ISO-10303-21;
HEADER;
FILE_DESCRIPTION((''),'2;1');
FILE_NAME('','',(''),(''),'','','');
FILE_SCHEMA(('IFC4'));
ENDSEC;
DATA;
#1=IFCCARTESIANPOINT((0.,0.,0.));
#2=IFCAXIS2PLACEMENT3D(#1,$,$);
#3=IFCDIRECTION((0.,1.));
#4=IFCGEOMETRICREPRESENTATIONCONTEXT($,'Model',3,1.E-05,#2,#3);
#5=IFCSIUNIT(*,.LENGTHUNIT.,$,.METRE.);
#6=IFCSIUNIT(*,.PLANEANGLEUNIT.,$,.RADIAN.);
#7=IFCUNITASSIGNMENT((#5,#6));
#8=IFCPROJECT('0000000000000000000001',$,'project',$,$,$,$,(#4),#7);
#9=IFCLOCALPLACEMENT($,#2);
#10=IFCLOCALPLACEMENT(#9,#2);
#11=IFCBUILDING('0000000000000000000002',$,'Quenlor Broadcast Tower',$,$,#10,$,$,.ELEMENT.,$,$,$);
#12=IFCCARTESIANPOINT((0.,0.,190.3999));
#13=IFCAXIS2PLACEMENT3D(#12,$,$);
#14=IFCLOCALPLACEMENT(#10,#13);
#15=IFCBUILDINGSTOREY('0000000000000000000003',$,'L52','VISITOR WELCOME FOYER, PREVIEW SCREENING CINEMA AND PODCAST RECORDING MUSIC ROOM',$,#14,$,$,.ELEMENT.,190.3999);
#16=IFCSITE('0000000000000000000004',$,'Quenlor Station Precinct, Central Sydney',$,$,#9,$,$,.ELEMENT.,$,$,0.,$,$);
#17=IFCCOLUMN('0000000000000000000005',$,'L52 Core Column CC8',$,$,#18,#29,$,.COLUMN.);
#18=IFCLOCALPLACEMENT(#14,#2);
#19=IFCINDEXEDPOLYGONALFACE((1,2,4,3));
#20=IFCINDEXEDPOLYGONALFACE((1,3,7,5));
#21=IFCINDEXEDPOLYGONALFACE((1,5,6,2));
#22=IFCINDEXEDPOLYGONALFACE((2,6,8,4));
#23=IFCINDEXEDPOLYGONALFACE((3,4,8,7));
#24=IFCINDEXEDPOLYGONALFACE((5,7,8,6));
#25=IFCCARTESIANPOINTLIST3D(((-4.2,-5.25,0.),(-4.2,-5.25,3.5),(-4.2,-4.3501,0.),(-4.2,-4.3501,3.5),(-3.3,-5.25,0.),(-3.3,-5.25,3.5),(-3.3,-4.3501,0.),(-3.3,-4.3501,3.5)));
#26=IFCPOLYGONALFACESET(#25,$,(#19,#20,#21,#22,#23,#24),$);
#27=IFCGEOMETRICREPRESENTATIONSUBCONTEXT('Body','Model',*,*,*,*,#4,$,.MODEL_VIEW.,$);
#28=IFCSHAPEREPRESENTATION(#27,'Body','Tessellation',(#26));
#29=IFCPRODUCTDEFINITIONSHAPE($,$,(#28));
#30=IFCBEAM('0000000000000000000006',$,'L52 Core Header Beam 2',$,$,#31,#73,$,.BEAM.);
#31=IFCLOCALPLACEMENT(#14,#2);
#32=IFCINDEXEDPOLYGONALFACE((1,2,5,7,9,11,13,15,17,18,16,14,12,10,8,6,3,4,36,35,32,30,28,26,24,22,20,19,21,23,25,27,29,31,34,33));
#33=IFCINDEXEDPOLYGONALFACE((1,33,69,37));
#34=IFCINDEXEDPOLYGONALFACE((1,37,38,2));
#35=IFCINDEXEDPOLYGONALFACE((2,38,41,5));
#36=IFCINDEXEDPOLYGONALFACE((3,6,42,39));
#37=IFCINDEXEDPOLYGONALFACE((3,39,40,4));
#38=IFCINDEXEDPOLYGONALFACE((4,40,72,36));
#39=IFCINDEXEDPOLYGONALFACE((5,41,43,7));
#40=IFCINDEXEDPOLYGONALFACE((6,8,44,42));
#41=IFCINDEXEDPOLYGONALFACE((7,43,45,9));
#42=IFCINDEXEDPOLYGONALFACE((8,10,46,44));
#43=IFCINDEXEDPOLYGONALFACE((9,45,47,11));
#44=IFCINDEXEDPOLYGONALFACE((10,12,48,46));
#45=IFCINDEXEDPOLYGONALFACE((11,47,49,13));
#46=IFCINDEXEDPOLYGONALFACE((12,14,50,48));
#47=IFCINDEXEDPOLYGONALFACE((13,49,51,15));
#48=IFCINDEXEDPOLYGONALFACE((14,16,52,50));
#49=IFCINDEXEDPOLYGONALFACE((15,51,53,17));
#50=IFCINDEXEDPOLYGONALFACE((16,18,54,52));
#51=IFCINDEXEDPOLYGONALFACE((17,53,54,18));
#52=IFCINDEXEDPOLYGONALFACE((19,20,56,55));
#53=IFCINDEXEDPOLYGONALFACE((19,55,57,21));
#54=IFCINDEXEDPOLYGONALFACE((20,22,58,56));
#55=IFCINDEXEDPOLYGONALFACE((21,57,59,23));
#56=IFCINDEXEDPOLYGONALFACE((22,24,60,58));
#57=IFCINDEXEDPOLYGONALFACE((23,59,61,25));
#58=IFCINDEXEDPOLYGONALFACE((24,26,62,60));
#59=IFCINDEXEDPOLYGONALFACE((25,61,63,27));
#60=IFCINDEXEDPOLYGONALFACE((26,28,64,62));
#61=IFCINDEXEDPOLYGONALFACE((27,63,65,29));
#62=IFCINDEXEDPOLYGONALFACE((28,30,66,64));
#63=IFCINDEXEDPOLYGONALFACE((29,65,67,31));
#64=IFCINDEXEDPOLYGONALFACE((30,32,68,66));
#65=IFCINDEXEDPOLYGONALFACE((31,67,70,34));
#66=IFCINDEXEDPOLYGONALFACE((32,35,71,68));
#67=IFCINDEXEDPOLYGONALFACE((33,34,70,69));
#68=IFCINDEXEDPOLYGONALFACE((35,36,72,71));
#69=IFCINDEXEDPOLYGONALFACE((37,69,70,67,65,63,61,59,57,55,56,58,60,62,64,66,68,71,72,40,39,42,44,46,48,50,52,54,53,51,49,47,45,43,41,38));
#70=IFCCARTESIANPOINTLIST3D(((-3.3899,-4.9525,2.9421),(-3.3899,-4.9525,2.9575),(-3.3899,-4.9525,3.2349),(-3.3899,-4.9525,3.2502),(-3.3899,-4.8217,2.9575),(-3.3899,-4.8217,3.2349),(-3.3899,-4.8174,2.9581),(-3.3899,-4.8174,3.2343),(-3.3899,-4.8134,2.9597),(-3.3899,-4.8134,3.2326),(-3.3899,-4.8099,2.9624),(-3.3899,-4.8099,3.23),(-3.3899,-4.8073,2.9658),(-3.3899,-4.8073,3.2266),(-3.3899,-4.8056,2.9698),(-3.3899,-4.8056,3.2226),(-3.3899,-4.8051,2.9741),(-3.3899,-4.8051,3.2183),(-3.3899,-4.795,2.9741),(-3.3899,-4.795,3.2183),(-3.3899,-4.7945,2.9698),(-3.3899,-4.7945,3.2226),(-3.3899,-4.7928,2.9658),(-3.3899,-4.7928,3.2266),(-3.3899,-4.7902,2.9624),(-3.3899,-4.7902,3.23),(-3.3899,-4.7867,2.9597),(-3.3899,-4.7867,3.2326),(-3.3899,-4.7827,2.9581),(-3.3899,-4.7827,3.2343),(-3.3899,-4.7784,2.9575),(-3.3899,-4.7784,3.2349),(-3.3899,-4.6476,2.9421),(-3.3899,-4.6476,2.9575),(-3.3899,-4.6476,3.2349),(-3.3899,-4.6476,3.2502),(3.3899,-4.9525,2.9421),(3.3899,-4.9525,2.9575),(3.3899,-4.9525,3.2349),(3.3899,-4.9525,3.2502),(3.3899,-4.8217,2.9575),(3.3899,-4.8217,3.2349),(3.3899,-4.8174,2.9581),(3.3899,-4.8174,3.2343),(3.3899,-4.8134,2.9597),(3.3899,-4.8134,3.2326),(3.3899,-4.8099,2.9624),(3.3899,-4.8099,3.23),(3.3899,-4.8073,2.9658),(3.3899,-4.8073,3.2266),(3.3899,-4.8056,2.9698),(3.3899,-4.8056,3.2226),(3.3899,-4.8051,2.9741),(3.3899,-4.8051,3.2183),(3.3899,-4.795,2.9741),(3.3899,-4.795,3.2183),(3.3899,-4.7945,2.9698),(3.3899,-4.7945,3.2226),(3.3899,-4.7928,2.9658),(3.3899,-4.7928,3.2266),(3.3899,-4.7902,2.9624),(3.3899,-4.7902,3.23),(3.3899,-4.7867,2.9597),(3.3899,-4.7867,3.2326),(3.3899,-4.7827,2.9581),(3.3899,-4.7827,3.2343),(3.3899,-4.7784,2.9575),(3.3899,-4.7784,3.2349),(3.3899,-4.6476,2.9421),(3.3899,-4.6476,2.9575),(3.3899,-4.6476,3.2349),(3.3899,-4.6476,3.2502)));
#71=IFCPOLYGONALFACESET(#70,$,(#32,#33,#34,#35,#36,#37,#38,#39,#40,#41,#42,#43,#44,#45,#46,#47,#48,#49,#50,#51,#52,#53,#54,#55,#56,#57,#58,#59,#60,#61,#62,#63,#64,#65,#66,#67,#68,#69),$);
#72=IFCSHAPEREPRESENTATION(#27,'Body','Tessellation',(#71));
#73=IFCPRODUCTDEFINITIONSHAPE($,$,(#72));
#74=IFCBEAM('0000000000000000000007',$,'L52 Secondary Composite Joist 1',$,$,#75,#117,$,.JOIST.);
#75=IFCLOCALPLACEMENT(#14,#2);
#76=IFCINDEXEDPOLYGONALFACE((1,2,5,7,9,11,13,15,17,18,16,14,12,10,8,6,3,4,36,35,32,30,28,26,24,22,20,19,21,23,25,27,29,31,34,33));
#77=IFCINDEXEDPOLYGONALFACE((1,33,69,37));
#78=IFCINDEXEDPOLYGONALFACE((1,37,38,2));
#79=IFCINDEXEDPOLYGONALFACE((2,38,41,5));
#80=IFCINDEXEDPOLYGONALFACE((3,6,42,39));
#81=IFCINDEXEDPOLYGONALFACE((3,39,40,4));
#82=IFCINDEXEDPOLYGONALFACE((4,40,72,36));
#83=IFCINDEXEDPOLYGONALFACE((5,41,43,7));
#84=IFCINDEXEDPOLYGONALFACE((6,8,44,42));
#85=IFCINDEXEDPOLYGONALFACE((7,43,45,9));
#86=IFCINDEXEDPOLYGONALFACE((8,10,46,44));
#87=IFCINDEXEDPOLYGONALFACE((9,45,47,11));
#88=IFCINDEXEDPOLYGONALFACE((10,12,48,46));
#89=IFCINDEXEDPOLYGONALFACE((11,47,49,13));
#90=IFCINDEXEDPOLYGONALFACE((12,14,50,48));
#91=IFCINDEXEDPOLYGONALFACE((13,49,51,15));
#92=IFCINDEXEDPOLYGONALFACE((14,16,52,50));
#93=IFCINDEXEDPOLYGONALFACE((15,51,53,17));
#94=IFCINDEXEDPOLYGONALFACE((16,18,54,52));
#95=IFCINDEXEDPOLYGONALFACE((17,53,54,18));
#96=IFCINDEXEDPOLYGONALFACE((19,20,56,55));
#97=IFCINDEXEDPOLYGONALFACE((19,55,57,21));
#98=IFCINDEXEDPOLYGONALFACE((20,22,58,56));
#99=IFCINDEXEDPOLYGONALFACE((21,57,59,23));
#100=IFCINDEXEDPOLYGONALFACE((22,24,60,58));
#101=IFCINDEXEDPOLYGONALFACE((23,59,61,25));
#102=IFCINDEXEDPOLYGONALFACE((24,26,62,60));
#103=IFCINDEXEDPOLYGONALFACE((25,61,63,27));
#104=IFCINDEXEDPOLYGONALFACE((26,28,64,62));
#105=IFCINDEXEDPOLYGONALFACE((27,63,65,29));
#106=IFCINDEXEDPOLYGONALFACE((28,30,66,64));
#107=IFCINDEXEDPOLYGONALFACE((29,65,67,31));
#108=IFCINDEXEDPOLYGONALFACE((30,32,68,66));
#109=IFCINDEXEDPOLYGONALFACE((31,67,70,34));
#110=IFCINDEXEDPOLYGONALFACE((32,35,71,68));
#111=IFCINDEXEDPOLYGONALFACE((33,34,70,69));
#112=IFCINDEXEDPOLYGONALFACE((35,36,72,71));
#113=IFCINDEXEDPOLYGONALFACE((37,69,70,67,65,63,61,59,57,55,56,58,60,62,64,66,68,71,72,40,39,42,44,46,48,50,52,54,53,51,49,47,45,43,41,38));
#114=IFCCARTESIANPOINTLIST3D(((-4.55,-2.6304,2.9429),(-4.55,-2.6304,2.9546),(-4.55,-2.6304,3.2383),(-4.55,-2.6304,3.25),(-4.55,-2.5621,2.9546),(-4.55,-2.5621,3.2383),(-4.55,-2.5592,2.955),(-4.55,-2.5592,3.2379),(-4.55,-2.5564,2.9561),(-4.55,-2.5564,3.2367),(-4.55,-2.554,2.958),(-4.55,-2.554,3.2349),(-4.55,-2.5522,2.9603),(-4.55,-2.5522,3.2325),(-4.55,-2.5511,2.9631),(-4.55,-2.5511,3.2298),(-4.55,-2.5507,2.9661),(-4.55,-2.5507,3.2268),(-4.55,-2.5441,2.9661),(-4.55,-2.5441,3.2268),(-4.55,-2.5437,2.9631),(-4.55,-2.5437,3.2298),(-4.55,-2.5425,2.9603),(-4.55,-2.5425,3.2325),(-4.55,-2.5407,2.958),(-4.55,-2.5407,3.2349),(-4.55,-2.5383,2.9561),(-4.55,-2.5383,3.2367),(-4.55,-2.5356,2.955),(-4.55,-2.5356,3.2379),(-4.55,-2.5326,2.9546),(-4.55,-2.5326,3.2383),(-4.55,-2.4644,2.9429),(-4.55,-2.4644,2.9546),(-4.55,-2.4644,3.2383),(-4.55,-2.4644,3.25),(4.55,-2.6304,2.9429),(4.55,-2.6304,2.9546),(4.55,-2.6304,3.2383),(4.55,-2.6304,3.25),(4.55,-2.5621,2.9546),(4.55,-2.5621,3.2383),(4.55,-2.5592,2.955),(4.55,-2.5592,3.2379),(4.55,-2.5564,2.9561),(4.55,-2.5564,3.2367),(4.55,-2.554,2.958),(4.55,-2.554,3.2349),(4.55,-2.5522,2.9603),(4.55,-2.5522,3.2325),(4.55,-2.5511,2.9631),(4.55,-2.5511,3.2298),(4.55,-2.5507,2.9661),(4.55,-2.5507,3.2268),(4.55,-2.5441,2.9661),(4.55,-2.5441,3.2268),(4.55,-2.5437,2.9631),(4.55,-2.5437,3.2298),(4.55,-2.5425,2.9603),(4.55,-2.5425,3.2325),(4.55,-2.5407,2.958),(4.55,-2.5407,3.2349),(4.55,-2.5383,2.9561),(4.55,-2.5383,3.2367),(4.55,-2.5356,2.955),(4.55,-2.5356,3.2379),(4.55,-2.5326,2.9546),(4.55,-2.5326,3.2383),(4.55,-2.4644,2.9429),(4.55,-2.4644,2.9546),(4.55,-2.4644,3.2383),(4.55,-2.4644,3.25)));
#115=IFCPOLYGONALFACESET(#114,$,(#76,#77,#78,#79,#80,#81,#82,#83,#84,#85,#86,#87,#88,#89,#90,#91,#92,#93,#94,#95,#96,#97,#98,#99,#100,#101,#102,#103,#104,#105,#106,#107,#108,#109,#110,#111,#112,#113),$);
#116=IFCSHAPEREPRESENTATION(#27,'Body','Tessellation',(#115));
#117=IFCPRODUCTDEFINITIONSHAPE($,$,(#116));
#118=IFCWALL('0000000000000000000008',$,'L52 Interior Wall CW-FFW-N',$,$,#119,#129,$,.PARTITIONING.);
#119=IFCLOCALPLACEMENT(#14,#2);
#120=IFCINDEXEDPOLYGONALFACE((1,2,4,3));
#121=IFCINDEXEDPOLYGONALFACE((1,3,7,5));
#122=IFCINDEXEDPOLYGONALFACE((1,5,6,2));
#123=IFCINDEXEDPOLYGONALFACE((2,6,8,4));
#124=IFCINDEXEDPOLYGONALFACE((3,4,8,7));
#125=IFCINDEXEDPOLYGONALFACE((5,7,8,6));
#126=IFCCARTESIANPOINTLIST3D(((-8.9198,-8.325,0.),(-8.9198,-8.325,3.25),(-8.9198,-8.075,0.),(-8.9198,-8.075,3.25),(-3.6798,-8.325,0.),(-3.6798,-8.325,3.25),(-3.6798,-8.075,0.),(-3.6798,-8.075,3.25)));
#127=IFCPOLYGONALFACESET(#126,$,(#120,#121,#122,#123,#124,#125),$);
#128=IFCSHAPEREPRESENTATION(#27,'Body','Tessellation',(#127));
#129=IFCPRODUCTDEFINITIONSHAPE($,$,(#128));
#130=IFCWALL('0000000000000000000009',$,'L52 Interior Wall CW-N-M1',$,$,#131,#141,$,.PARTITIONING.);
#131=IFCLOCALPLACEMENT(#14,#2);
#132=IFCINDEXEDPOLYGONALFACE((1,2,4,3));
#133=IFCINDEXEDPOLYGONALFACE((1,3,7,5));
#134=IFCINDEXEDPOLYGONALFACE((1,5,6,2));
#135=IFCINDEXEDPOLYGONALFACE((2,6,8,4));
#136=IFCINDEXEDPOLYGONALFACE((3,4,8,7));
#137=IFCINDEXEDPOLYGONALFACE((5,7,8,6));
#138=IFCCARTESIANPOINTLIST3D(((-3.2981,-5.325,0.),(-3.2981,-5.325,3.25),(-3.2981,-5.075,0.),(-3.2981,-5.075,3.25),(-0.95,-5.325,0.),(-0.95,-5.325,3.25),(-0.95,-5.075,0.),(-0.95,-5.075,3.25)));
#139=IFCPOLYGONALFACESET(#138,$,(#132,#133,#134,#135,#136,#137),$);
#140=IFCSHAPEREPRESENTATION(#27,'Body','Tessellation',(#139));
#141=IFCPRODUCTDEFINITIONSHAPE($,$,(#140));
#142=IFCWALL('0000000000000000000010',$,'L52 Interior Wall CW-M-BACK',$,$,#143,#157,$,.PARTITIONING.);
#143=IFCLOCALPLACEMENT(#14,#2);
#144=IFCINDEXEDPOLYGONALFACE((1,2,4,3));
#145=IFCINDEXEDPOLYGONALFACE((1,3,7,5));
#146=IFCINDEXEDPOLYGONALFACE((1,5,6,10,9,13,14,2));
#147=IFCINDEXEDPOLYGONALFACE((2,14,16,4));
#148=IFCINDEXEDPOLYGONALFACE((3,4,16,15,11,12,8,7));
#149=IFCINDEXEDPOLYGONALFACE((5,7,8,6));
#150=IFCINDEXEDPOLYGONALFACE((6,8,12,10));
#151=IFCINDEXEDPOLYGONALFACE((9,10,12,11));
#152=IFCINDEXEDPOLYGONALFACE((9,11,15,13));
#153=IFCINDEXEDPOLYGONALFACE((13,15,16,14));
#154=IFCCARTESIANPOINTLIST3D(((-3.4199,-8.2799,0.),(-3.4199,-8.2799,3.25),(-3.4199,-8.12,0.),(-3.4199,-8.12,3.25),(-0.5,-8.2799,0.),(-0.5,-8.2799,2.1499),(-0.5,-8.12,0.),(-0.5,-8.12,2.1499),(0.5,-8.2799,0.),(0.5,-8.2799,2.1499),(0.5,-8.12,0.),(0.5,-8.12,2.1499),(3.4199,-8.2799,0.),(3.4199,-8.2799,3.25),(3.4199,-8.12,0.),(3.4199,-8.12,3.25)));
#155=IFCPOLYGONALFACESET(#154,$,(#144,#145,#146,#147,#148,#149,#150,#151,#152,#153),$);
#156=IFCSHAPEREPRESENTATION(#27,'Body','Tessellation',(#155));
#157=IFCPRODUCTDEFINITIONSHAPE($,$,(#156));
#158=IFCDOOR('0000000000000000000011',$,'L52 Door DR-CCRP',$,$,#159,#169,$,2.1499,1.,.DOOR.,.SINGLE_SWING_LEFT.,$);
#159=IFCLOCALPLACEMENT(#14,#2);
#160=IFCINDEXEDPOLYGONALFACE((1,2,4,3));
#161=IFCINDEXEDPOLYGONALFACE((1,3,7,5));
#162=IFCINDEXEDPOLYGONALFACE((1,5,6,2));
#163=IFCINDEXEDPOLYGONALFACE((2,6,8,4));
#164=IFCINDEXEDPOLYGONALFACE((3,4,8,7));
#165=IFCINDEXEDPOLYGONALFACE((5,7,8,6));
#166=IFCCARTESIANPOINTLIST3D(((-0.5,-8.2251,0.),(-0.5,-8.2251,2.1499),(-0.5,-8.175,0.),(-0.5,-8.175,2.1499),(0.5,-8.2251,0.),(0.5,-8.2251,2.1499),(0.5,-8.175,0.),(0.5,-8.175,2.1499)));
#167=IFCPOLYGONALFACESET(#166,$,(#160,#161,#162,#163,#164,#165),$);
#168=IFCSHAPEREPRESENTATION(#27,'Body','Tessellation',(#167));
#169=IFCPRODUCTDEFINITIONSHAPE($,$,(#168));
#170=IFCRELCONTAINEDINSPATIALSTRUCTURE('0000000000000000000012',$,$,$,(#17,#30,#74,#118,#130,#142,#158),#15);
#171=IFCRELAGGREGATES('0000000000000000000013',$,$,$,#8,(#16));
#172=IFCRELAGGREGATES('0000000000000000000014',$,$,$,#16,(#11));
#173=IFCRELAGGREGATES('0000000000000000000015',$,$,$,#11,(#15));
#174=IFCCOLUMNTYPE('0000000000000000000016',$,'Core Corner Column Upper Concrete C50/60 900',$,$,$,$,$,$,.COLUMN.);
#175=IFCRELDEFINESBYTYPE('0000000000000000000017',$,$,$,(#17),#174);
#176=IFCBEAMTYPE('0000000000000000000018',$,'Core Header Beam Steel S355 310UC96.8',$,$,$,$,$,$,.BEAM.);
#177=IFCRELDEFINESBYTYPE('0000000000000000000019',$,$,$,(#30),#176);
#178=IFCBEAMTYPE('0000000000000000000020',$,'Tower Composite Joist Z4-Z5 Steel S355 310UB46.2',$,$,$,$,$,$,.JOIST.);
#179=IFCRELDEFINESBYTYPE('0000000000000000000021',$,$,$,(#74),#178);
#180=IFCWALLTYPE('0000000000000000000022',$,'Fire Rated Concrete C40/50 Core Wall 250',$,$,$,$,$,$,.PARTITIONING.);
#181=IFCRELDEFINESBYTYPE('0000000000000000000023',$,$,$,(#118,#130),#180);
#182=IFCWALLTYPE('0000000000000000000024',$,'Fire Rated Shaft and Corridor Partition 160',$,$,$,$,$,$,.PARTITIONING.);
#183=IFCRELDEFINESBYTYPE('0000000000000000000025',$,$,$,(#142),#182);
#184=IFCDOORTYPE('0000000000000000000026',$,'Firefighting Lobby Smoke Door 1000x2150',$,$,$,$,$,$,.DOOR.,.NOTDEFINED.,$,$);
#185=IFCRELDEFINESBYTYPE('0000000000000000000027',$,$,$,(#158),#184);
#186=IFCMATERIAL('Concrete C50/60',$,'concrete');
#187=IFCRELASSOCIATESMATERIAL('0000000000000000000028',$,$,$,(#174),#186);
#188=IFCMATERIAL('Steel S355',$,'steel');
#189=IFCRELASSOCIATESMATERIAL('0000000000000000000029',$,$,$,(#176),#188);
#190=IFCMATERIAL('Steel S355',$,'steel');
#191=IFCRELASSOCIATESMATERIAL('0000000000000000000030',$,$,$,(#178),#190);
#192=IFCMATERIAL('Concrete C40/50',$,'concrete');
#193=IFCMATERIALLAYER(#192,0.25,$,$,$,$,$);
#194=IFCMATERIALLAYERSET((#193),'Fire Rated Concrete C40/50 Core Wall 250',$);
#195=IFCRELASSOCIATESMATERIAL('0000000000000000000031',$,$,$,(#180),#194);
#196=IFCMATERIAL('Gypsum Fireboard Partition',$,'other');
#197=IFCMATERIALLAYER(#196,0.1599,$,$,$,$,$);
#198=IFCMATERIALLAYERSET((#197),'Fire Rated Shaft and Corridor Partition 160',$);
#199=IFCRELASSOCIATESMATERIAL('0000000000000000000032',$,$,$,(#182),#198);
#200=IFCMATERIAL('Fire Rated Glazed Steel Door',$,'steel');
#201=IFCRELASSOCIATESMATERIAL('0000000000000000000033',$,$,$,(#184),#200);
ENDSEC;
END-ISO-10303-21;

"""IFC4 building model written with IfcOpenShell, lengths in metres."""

from ifc_helpers import new_model, si_unit, direction, frame, frame_2d, origin, origin_2d, place, context, subcontext, project, spatial, rectangle, i_section, extrude, material, layer, layer_set, material_profile, profile_set, type_object, element, fill, save


model = new_model("IFC4")

# Units and contexts
model_context = context("Model", 3, precision=1e-05, world=origin(), true_north=direction((0.0, 1.0)))
body_context = subcontext(model_context, "Body", "Model", "MODEL_VIEW")
ifc_project = project(units=[si_unit("LENGTHUNIT", "METRE"), si_unit("PLANEANGLEUNIT", "RADIAN")], contexts=[model_context])

# Site, building, storey
site_placement = place(None, origin())
site = spatial("IfcSite", under=ifc_project, at=site_placement, Name="Quenlor Station Precinct, Central Sydney", CompositionType="ELEMENT", RefElevation=0.0)
building_placement = place(site_placement, origin())
building = spatial("IfcBuilding", under=site, at=building_placement, Name="Quenlor Broadcast Tower", CompositionType="ELEMENT")
storey_placement = place(building_placement, frame((0.0, 0.0, 190.3999)))
storey = spatial("IfcBuildingStorey", under=building, at=storey_placement, Name="L52", Description="VISITOR WELCOME FOYER, PREVIEW SCREENING CINEMA AND PODCAST RECORDING MUSIC ROOM", CompositionType="ELEMENT", Elevation=190.3999)

# Column
ifc_material_1 = material(Name="Concrete C50/60", Category="concrete")
ifc_material_profile_1 = material_profile(ifc_material_1, rectangle(XDim=0.8999, YDim=0.8999, at=origin_2d()))
ifc_profile_set_1 = profile_set([ifc_material_profile_1], Name="Concrete C50/60 RC900x900")
column_type = type_object("IfcColumnType", Name="Core Corner Column Upper Concrete C50/60 900", PredefinedType="COLUMN", material=ifc_profile_set_1)
column_placement = place(storey_placement, frame((-3.75, -4.8, 0.0), z_axis=(0.0, 0.0, 1.0), x_axis=(1.0, 0.0, 0.0)))
element("IfcColumn", 1, at=column_placement, inside=storey, type_object=column_type, Name="L52 Core Column CC8", PredefinedType="COLUMN", context=body_context, shape_type="SweptSolid", body=[
    extrude(rectangle(XDim=0.8999, YDim=0.8999, at=origin_2d()), origin(), (0.0, 0.0, 1.0), 3.5),
])

# Beams
ifc_material_2 = material(Name="Steel S355", Category="steel")
ifc_material_profile_2 = material_profile(ifc_material_2, i_section(OverallWidth=0.3049, OverallDepth=0.3081, WebThickness=0.01, FlangeThickness=0.0154, FilletRadius=0.0166, at=origin_2d()))
ifc_profile_set_2 = profile_set([ifc_material_profile_2], Name="Steel S355 310UC96.8")
beam_type_1 = type_object("IfcBeamType", Name="Core Header Beam Steel S355 310UC96.8", PredefinedType="BEAM", material=ifc_profile_set_2)
beam_1_placement = place(storey_placement, frame((-3.3899, -4.8, 3.0962), z_axis=(1.0, 0.0, 0.0), x_axis=(0.0, 1.0, 0.0)))
element("IfcBeam", 2, at=beam_1_placement, inside=storey, type_object=beam_type_1, Name="L52 Core Header Beam 2", PredefinedType="BEAM", context=body_context, shape_type="SweptSolid", body=[
    extrude(i_section(OverallWidth=0.3049, OverallDepth=0.3081, WebThickness=0.01, FlangeThickness=0.0154, FilletRadius=0.0166, at=origin_2d()), origin(), (0.0, 0.0, 1.0), 6.7798),
])
ifc_material_3 = material(Name="Steel S355", Category="steel")
ifc_material_profile_3 = material_profile(ifc_material_3, i_section(OverallWidth=0.166, OverallDepth=0.3071, WebThickness=0.0066, FlangeThickness=0.0117, FilletRadius=0.0115, at=origin_2d()))
ifc_profile_set_3 = profile_set([ifc_material_profile_3], Name="Steel S355 310UB46.2")
beam_type_2 = type_object("IfcBeamType", Name="Tower Composite Joist Z4-Z5 Steel S355 310UB46.2", PredefinedType="JOIST", material=ifc_profile_set_3)
beam_2_placement = place(storey_placement, frame((-4.55, -2.5474, 3.0964), z_axis=(1.0, 0.0, 0.0), x_axis=(0.0, 1.0, 0.0)))
element("IfcBeam", 3, at=beam_2_placement, inside=storey, type_object=beam_type_2, Name="L52 Secondary Composite Joist 1", PredefinedType="JOIST", context=body_context, shape_type="SweptSolid", body=[
    extrude(i_section(OverallWidth=0.166, OverallDepth=0.3071, WebThickness=0.0066, FlangeThickness=0.0117, FilletRadius=0.0115, at=origin_2d()), origin(), (0.0, 0.0, 1.0), 9.1001),
])

# Walls
ifc_material_4 = material(Name="Concrete C40/50", Category="concrete")
ifc_layer_1 = layer(ifc_material_4, 0.25)
ifc_layer_set_1 = layer_set([ifc_layer_1], Name="Fire Rated Concrete C40/50 Core Wall 250")
wall_type_1 = type_object("IfcWallType", Name="Fire Rated Concrete C40/50 Core Wall 250", PredefinedType="PARTITIONING", material=ifc_layer_set_1)
wall_1_placement = place(storey_placement, frame((-8.9199, -8.2, 0.0), z_axis=(0.0, 0.0, 1.0), x_axis=(1.0, 0.0, 0.0)))
element("IfcWall", 4, at=wall_1_placement, inside=storey, type_object=wall_type_1, Name="L52 Interior Wall CW-FFW-N", PredefinedType="PARTITIONING", context=body_context, shape_type="SweptSolid", body=[
    extrude(rectangle(XDim=5.24, YDim=0.25, at=frame_2d((2.6201, 0.0))), origin(), (0.0, 0.0, 1.0), 3.25),
])
wall_2_placement = place(storey_placement, frame((-3.2981, -5.2, 0.0), z_axis=(0.0, 0.0, 1.0), x_axis=(1.0, 0.0, 0.0)))
element("IfcWall", 5, at=wall_2_placement, inside=storey, type_object=wall_type_1, Name="L52 Interior Wall CW-N-M1", PredefinedType="PARTITIONING", context=body_context, shape_type="SweptSolid", body=[
    extrude(rectangle(XDim=2.3481, YDim=0.25, at=frame_2d((1.1741, 0.0))), origin(), (0.0, 0.0, 1.0), 3.25),
])

# Wall, opening, door
ifc_material_5 = material(Name="Gypsum Fireboard Partition", Category="other")
ifc_layer_2 = layer(ifc_material_5, 0.1599)
ifc_layer_set_2 = layer_set([ifc_layer_2], Name="Fire Rated Shaft and Corridor Partition 160")
wall_type_2 = type_object("IfcWallType", Name="Fire Rated Shaft and Corridor Partition 160", PredefinedType="PARTITIONING", material=ifc_layer_set_2)
wall_3_placement = place(storey_placement, frame((-3.4199, -8.2, 0.0), z_axis=(0.0, 0.0, 1.0), x_axis=(1.0, 0.0, 0.0)))
wall_3 = element("IfcWall", 6, at=wall_3_placement, inside=storey, type_object=wall_type_2, Name="L52 Interior Wall CW-M-BACK", PredefinedType="PARTITIONING", context=body_context, shape_type="SweptSolid", body=[
    extrude(rectangle(XDim=6.8398, YDim=0.1599, at=frame_2d((3.4199, 0.0))), origin(), (0.0, 0.0, 1.0), 3.25),
])
opening_1_placement = place(wall_3_placement, frame((2.9199, 0.0, 0.0)))
opening_1 = element("IfcOpeningElement", 7, at=opening_1_placement, cuts=wall_3, PredefinedType="OPENING", context=body_context, shape_type="SweptSolid", body=[
    extrude(rectangle(XDim=1.0, YDim=2.1499, at=frame_2d((0.5, 1.075))), frame((0.0, 0.0898, 0.0), z_axis=(0.0, -1.0, 0.0), x_axis=(1.0, 0.0, 0.0)), (0.0, 0.0, 1.0), 0.1799),
])
ifc_material_6 = material(Name="Fire Rated Glazed Steel Door", Category="steel")
door_type_1 = type_object("IfcDoorType", Name="Firefighting Lobby Smoke Door 1000x2150", OperationType="NOTDEFINED", PredefinedType="DOOR", material=ifc_material_6)
door_1_placement = place(opening_1_placement, origin())
door_1 = element("IfcDoor", 8, at=door_1_placement, inside=storey, type_object=door_type_1, Name="L52 Door DR-CCRP", OperationType="SINGLE_SWING_LEFT", OverallHeight=2.1499, OverallWidth=1.0, PredefinedType="DOOR", context=body_context, shape_type="SweptSolid", body=[
    extrude(rectangle(XDim=1.0, YDim=2.1499, at=frame_2d((0.5, 1.075))), frame((0.0, 0.0249, 0.0), z_axis=(0.0, -1.0, 0.0), x_axis=(1.0, 0.0, 0.0)), (0.0, 0.0, 1.0), 0.05),
])
fill(opening_1, door_1)

save(model, "model.ifc")
